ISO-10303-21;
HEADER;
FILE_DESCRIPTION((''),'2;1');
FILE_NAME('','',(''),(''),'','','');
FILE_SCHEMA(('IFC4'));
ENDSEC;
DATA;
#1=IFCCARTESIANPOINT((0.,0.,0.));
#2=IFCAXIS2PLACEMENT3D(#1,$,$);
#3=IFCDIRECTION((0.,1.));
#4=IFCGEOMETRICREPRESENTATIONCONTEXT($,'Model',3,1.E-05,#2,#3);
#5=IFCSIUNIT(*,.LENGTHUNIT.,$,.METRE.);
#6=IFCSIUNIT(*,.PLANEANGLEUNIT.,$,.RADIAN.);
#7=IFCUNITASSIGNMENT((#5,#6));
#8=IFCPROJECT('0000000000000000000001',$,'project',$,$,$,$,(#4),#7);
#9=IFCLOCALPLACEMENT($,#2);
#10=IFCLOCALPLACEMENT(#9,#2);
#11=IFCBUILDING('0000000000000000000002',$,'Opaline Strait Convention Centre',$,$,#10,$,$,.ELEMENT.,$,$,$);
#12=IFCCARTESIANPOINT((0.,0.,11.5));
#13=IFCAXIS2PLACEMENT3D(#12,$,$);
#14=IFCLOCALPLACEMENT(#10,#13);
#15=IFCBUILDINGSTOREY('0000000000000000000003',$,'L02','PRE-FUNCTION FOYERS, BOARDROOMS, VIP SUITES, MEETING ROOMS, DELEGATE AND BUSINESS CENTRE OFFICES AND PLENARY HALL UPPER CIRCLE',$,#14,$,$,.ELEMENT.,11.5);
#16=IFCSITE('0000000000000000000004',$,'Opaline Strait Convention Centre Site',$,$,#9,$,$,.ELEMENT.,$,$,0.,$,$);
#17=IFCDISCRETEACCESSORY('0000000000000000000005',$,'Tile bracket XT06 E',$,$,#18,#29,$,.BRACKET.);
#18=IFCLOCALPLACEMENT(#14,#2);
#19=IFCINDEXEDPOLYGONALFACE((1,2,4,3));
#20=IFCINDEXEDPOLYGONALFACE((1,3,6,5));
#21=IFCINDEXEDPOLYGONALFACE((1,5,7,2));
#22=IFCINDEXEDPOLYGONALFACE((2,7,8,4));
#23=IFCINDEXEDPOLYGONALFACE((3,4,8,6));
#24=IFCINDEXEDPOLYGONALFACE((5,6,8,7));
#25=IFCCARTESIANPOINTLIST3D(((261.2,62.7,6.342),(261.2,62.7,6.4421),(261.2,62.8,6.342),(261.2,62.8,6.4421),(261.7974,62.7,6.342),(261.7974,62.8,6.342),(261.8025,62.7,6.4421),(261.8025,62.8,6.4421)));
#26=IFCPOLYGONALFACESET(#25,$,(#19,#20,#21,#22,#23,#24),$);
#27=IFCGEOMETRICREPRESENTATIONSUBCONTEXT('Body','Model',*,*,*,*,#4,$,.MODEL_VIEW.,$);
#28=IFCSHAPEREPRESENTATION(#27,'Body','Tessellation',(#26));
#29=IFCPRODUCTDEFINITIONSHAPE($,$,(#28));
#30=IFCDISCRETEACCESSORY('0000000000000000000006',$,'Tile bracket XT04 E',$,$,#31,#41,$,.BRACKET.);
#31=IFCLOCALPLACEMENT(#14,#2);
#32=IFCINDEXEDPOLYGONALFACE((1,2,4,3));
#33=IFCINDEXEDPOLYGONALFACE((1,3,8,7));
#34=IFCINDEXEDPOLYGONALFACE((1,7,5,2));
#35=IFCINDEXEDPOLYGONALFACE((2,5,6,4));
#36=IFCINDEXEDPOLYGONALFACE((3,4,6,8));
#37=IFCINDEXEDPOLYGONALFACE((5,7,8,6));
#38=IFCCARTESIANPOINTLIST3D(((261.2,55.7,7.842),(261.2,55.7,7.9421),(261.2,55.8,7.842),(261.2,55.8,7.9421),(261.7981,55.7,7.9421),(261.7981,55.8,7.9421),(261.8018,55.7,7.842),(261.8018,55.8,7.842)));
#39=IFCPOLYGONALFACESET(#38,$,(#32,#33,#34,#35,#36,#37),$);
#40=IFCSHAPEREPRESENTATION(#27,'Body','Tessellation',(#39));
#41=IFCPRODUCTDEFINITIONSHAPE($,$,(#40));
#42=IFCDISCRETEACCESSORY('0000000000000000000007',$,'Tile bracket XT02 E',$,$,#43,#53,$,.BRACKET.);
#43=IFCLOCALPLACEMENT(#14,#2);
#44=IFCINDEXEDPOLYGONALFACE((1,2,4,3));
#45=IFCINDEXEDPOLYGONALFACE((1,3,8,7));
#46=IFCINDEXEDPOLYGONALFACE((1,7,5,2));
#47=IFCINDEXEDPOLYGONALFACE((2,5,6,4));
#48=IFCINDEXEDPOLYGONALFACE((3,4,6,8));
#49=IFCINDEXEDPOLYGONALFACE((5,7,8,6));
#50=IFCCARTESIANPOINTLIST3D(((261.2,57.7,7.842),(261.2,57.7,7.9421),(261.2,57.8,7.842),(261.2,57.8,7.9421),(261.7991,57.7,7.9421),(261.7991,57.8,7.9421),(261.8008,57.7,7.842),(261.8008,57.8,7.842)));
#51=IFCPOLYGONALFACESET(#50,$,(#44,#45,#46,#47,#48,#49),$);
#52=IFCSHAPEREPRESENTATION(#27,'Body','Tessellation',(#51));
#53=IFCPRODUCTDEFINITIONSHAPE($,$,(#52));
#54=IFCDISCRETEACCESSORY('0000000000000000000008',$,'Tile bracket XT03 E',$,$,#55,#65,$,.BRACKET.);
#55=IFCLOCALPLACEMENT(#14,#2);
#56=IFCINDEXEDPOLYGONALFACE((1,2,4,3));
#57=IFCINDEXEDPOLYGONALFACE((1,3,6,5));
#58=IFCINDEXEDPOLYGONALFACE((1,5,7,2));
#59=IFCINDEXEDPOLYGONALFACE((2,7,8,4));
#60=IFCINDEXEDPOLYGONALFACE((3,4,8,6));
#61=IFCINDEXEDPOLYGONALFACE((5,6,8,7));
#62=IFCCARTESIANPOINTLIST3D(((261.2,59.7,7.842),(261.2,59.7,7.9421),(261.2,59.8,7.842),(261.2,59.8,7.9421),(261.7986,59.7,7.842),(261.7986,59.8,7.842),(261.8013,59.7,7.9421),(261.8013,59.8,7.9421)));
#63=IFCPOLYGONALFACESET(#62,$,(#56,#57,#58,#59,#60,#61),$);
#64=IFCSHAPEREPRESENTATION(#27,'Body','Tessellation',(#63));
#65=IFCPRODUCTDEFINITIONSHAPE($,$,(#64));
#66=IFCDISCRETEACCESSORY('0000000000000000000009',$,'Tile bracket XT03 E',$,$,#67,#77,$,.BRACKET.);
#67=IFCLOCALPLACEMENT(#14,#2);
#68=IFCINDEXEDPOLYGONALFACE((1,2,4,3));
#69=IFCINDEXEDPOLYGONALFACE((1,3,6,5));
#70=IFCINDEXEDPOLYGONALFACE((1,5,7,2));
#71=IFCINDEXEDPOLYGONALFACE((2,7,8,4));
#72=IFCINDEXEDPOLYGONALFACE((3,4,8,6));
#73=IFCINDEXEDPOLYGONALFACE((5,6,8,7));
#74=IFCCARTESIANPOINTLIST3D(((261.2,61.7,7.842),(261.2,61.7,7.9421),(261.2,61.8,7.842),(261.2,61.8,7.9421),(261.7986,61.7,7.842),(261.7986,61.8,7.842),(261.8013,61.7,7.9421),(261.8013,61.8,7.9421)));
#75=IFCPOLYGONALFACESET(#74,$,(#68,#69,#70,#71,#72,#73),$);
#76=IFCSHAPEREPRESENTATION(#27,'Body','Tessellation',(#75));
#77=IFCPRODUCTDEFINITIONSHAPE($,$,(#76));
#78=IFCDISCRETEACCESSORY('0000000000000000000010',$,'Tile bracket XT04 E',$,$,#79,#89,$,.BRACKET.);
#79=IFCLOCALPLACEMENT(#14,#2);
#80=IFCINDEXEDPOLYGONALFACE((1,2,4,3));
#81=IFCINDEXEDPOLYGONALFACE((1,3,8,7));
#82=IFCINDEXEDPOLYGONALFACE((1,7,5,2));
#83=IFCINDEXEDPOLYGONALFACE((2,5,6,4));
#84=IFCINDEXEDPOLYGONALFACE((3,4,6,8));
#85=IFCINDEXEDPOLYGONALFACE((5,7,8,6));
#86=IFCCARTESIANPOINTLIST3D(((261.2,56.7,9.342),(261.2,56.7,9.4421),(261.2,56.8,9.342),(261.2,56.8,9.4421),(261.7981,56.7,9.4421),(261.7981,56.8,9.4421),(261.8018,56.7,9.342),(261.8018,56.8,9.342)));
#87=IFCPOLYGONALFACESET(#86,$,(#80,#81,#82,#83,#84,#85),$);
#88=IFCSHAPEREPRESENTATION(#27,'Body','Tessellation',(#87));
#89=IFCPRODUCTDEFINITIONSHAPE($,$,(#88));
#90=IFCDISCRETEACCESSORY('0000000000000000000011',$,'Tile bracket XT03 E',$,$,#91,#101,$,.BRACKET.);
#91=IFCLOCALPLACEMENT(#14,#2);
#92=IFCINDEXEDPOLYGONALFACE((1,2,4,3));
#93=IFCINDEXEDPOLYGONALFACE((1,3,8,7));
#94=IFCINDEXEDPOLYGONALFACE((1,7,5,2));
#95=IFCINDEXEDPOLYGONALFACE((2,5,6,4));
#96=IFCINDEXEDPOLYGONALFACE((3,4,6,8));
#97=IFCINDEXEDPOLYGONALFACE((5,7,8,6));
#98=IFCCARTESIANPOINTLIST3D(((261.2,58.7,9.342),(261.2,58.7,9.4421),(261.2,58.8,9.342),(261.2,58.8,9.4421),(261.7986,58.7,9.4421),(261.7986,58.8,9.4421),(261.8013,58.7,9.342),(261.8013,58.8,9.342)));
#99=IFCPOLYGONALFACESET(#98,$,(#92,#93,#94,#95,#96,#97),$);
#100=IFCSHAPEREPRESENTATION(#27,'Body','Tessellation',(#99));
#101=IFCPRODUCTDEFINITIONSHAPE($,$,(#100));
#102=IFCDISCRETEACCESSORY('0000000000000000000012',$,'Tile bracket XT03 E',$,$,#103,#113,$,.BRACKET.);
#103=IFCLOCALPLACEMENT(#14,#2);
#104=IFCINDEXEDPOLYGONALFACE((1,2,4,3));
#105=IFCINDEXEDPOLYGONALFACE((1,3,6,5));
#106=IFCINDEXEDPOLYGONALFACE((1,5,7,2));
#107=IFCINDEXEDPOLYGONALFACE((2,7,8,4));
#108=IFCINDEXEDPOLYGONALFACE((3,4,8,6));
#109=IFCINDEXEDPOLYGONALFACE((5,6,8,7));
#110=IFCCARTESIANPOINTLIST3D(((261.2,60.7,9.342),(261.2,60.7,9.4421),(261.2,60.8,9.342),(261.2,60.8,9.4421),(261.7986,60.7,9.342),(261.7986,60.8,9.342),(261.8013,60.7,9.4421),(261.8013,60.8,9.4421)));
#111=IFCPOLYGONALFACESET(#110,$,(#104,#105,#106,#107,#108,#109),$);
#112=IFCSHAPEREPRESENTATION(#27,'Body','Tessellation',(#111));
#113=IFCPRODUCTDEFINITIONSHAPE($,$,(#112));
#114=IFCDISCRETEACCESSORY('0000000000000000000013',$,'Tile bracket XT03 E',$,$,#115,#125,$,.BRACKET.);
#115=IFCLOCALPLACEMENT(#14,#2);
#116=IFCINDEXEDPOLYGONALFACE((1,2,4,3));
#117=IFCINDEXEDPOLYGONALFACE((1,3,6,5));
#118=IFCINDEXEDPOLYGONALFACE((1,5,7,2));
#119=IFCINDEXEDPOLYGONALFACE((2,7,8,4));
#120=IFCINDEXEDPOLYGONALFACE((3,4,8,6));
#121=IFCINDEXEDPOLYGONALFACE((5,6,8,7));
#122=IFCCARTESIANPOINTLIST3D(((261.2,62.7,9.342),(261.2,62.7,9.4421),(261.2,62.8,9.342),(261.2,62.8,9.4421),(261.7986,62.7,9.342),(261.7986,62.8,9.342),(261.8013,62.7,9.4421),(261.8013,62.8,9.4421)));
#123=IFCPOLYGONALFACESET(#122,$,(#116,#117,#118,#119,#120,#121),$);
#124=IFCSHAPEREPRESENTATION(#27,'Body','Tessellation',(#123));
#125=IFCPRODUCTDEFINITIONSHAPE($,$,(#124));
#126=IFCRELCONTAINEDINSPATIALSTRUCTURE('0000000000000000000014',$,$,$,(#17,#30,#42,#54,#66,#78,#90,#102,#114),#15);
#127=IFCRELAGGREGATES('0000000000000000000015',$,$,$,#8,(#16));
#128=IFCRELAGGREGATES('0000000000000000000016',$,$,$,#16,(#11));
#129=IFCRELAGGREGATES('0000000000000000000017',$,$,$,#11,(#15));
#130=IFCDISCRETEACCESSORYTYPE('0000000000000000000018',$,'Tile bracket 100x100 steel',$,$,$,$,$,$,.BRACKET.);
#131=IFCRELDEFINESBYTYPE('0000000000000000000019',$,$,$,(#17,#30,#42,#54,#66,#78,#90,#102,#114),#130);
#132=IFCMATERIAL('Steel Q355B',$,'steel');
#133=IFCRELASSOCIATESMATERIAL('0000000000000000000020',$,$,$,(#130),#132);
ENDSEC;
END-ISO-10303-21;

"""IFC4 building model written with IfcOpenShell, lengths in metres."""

from ifc_helpers import new_model, si_unit, direction, frame, origin, place, context, subcontext, project, spatial, polyline, outline, extrude, material, type_object, element, save


model = new_model("IFC4")

# Units and contexts
model_context = context("Model", 3, precision=1e-05, world=origin(), true_north=direction((0.0, 1.0)))
body_context = subcontext(model_context, "Body", "Model", "MODEL_VIEW")
ifc_project = project(units=[si_unit("LENGTHUNIT", "METRE"), si_unit("PLANEANGLEUNIT", "RADIAN")], contexts=[model_context])

# Site, building, storey
site_placement = place(None, origin())
site = spatial("IfcSite", under=ifc_project, at=site_placement, Name="Opaline Strait Convention Centre Site", CompositionType="ELEMENT", RefElevation=0.0)
building_placement = place(site_placement, origin())
building = spatial("IfcBuilding", under=site, at=building_placement, Name="Opaline Strait Convention Centre", CompositionType="ELEMENT")
storey_placement = place(building_placement, frame((0.0, 0.0, 11.5)))
storey = spatial("IfcBuildingStorey", under=building, at=storey_placement, Name="L02", Description="PRE-FUNCTION FOYERS, BOARDROOMS, VIP SUITES, MEETING ROOMS, DELEGATE AND BUSINESS CENTRE OFFICES AND PLENARY HALL UPPER CIRCLE", CompositionType="ELEMENT", Elevation=11.5)

# Discrete accessories
ifc_material_1 = material(Name="Steel Q355B", Category="steel")
discrete_accessory_type = type_object("IfcDiscreteAccessoryType", Name="Tile bracket 100x100 steel", PredefinedType="BRACKET", material=ifc_material_1)
discrete_accessory_1_placement = place(storey_placement, frame((261.2, 62.7, 6.3921), z_axis=(0.0, 1.0, 0.0), x_axis=(-1.0, 0.0, 0.0)))
element("IfcDiscreteAccessory", 1, at=discrete_accessory_1_placement, inside=storey, type_object=discrete_accessory_type, Name="Tile bracket XT06 E", PredefinedType="BRACKET", context=body_context, shape_type="SweptSolid", body=[
    extrude(outline(polyline([(0.0, -0.05), (0.0, 0.05), (-0.6025, 0.05), (-0.5974, -0.05), (0.0, -0.05)])), origin(), (0.0, 0.0, 1.0), 0.1001),
])
discrete_accessory_2_placement = place(storey_placement, frame((261.2, 55.7, 7.8921), z_axis=(0.0, 1.0, 0.0), x_axis=(-1.0, 0.0, 0.0)))
element("IfcDiscreteAccessory", 2, at=discrete_accessory_2_placement, inside=storey, type_object=discrete_accessory_type, Name="Tile bracket XT04 E", PredefinedType="BRACKET", context=body_context, shape_type="SweptSolid", body=[
    extrude(outline(polyline([(0.0, -0.05), (0.0, 0.05), (-0.5981, 0.05), (-0.6018, -0.05), (0.0, -0.05)])), origin(), (0.0, 0.0, 1.0), 0.1001),
])
discrete_accessory_3_placement = place(storey_placement, frame((261.2, 57.7, 7.8921), z_axis=(0.0, 1.0, 0.0), x_axis=(-1.0, 0.0, 0.0)))
element("IfcDiscreteAccessory", 3, at=discrete_accessory_3_placement, inside=storey, type_object=discrete_accessory_type, Name="Tile bracket XT02 E", PredefinedType="BRACKET", context=body_context, shape_type="SweptSolid", body=[
    extrude(outline(polyline([(0.0, -0.05), (0.0, 0.05), (-0.5991, 0.05), (-0.6008, -0.05), (0.0, -0.05)])), origin(), (0.0, 0.0, 1.0), 0.1001),
])
for number, where, z_axis, x_axis, name in (
    (4, (261.2, 59.7, 7.8921), (0.0, 1.0, 0.0), (-1.0, 0.0, 0.0), "Tile bracket XT03 E"),
    (5, (261.2, 61.7, 7.8921), (0.0, 1.0, 0.0), (-1.0, 0.0, 0.0), "Tile bracket XT03 E"),
):
    element("IfcDiscreteAccessory", number, at=place(storey_placement, frame(where, z_axis=z_axis, x_axis=x_axis)), inside=storey, type_object=discrete_accessory_type, Name=name, PredefinedType="BRACKET", context=body_context, shape_type="SweptSolid", body=[
        extrude(outline(polyline([(0.0, -0.05), (0.0, 0.05), (-0.6013, 0.05), (-0.5986, -0.05), (0.0, -0.05)])), origin(), (0.0, 0.0, 1.0), 0.1001),
    ])
discrete_accessory_4_placement = place(storey_placement, frame((261.2, 56.7, 9.3921), z_axis=(0.0, 1.0, 0.0), x_axis=(-1.0, 0.0, 0.0)))
element("IfcDiscreteAccessory", 6, at=discrete_accessory_4_placement, inside=storey, type_object=discrete_accessory_type, Name="Tile bracket XT04 E", PredefinedType="BRACKET", context=body_context, shape_type="SweptSolid", body=[
    extrude(outline(polyline([(0.0, -0.05), (0.0, 0.05), (-0.5981, 0.05), (-0.6018, -0.05), (0.0, -0.05)])), origin(), (0.0, 0.0, 1.0), 0.1001),
])
discrete_accessory_5_placement = place(storey_placement, frame((261.2, 58.7, 9.3921), z_axis=(0.0, 1.0, 0.0), x_axis=(-1.0, 0.0, 0.0)))
element("IfcDiscreteAccessory", 7, at=discrete_accessory_5_placement, inside=storey, type_object=discrete_accessory_type, Name="Tile bracket XT03 E", PredefinedType="BRACKET", context=body_context, shape_type="SweptSolid", body=[
    extrude(outline(polyline([(0.0, -0.05), (0.0, 0.05), (-0.5986, 0.05), (-0.6013, -0.05), (0.0, -0.05)])), origin(), (0.0, 0.0, 1.0), 0.1001),
])
for number, where, z_axis, x_axis, name in (
    (8, (261.2, 60.7, 9.3921), (0.0, 1.0, 0.0), (-1.0, 0.0, 0.0), "Tile bracket XT03 E"),
    (9, (261.2, 62.7, 9.3921), (0.0, 1.0, 0.0), (-1.0, 0.0, 0.0), "Tile bracket XT03 E"),
):
    element("IfcDiscreteAccessory", number, at=place(storey_placement, frame(where, z_axis=z_axis, x_axis=x_axis)), inside=storey, type_object=discrete_accessory_type, Name=name, PredefinedType="BRACKET", context=body_context, shape_type="SweptSolid", body=[
        extrude(outline(polyline([(0.0, -0.05), (0.0, 0.05), (-0.6013, 0.05), (-0.5986, -0.05), (0.0, -0.05)])), origin(), (0.0, 0.0, 1.0), 0.1001),
    ])

save(model, "model.ifc")
